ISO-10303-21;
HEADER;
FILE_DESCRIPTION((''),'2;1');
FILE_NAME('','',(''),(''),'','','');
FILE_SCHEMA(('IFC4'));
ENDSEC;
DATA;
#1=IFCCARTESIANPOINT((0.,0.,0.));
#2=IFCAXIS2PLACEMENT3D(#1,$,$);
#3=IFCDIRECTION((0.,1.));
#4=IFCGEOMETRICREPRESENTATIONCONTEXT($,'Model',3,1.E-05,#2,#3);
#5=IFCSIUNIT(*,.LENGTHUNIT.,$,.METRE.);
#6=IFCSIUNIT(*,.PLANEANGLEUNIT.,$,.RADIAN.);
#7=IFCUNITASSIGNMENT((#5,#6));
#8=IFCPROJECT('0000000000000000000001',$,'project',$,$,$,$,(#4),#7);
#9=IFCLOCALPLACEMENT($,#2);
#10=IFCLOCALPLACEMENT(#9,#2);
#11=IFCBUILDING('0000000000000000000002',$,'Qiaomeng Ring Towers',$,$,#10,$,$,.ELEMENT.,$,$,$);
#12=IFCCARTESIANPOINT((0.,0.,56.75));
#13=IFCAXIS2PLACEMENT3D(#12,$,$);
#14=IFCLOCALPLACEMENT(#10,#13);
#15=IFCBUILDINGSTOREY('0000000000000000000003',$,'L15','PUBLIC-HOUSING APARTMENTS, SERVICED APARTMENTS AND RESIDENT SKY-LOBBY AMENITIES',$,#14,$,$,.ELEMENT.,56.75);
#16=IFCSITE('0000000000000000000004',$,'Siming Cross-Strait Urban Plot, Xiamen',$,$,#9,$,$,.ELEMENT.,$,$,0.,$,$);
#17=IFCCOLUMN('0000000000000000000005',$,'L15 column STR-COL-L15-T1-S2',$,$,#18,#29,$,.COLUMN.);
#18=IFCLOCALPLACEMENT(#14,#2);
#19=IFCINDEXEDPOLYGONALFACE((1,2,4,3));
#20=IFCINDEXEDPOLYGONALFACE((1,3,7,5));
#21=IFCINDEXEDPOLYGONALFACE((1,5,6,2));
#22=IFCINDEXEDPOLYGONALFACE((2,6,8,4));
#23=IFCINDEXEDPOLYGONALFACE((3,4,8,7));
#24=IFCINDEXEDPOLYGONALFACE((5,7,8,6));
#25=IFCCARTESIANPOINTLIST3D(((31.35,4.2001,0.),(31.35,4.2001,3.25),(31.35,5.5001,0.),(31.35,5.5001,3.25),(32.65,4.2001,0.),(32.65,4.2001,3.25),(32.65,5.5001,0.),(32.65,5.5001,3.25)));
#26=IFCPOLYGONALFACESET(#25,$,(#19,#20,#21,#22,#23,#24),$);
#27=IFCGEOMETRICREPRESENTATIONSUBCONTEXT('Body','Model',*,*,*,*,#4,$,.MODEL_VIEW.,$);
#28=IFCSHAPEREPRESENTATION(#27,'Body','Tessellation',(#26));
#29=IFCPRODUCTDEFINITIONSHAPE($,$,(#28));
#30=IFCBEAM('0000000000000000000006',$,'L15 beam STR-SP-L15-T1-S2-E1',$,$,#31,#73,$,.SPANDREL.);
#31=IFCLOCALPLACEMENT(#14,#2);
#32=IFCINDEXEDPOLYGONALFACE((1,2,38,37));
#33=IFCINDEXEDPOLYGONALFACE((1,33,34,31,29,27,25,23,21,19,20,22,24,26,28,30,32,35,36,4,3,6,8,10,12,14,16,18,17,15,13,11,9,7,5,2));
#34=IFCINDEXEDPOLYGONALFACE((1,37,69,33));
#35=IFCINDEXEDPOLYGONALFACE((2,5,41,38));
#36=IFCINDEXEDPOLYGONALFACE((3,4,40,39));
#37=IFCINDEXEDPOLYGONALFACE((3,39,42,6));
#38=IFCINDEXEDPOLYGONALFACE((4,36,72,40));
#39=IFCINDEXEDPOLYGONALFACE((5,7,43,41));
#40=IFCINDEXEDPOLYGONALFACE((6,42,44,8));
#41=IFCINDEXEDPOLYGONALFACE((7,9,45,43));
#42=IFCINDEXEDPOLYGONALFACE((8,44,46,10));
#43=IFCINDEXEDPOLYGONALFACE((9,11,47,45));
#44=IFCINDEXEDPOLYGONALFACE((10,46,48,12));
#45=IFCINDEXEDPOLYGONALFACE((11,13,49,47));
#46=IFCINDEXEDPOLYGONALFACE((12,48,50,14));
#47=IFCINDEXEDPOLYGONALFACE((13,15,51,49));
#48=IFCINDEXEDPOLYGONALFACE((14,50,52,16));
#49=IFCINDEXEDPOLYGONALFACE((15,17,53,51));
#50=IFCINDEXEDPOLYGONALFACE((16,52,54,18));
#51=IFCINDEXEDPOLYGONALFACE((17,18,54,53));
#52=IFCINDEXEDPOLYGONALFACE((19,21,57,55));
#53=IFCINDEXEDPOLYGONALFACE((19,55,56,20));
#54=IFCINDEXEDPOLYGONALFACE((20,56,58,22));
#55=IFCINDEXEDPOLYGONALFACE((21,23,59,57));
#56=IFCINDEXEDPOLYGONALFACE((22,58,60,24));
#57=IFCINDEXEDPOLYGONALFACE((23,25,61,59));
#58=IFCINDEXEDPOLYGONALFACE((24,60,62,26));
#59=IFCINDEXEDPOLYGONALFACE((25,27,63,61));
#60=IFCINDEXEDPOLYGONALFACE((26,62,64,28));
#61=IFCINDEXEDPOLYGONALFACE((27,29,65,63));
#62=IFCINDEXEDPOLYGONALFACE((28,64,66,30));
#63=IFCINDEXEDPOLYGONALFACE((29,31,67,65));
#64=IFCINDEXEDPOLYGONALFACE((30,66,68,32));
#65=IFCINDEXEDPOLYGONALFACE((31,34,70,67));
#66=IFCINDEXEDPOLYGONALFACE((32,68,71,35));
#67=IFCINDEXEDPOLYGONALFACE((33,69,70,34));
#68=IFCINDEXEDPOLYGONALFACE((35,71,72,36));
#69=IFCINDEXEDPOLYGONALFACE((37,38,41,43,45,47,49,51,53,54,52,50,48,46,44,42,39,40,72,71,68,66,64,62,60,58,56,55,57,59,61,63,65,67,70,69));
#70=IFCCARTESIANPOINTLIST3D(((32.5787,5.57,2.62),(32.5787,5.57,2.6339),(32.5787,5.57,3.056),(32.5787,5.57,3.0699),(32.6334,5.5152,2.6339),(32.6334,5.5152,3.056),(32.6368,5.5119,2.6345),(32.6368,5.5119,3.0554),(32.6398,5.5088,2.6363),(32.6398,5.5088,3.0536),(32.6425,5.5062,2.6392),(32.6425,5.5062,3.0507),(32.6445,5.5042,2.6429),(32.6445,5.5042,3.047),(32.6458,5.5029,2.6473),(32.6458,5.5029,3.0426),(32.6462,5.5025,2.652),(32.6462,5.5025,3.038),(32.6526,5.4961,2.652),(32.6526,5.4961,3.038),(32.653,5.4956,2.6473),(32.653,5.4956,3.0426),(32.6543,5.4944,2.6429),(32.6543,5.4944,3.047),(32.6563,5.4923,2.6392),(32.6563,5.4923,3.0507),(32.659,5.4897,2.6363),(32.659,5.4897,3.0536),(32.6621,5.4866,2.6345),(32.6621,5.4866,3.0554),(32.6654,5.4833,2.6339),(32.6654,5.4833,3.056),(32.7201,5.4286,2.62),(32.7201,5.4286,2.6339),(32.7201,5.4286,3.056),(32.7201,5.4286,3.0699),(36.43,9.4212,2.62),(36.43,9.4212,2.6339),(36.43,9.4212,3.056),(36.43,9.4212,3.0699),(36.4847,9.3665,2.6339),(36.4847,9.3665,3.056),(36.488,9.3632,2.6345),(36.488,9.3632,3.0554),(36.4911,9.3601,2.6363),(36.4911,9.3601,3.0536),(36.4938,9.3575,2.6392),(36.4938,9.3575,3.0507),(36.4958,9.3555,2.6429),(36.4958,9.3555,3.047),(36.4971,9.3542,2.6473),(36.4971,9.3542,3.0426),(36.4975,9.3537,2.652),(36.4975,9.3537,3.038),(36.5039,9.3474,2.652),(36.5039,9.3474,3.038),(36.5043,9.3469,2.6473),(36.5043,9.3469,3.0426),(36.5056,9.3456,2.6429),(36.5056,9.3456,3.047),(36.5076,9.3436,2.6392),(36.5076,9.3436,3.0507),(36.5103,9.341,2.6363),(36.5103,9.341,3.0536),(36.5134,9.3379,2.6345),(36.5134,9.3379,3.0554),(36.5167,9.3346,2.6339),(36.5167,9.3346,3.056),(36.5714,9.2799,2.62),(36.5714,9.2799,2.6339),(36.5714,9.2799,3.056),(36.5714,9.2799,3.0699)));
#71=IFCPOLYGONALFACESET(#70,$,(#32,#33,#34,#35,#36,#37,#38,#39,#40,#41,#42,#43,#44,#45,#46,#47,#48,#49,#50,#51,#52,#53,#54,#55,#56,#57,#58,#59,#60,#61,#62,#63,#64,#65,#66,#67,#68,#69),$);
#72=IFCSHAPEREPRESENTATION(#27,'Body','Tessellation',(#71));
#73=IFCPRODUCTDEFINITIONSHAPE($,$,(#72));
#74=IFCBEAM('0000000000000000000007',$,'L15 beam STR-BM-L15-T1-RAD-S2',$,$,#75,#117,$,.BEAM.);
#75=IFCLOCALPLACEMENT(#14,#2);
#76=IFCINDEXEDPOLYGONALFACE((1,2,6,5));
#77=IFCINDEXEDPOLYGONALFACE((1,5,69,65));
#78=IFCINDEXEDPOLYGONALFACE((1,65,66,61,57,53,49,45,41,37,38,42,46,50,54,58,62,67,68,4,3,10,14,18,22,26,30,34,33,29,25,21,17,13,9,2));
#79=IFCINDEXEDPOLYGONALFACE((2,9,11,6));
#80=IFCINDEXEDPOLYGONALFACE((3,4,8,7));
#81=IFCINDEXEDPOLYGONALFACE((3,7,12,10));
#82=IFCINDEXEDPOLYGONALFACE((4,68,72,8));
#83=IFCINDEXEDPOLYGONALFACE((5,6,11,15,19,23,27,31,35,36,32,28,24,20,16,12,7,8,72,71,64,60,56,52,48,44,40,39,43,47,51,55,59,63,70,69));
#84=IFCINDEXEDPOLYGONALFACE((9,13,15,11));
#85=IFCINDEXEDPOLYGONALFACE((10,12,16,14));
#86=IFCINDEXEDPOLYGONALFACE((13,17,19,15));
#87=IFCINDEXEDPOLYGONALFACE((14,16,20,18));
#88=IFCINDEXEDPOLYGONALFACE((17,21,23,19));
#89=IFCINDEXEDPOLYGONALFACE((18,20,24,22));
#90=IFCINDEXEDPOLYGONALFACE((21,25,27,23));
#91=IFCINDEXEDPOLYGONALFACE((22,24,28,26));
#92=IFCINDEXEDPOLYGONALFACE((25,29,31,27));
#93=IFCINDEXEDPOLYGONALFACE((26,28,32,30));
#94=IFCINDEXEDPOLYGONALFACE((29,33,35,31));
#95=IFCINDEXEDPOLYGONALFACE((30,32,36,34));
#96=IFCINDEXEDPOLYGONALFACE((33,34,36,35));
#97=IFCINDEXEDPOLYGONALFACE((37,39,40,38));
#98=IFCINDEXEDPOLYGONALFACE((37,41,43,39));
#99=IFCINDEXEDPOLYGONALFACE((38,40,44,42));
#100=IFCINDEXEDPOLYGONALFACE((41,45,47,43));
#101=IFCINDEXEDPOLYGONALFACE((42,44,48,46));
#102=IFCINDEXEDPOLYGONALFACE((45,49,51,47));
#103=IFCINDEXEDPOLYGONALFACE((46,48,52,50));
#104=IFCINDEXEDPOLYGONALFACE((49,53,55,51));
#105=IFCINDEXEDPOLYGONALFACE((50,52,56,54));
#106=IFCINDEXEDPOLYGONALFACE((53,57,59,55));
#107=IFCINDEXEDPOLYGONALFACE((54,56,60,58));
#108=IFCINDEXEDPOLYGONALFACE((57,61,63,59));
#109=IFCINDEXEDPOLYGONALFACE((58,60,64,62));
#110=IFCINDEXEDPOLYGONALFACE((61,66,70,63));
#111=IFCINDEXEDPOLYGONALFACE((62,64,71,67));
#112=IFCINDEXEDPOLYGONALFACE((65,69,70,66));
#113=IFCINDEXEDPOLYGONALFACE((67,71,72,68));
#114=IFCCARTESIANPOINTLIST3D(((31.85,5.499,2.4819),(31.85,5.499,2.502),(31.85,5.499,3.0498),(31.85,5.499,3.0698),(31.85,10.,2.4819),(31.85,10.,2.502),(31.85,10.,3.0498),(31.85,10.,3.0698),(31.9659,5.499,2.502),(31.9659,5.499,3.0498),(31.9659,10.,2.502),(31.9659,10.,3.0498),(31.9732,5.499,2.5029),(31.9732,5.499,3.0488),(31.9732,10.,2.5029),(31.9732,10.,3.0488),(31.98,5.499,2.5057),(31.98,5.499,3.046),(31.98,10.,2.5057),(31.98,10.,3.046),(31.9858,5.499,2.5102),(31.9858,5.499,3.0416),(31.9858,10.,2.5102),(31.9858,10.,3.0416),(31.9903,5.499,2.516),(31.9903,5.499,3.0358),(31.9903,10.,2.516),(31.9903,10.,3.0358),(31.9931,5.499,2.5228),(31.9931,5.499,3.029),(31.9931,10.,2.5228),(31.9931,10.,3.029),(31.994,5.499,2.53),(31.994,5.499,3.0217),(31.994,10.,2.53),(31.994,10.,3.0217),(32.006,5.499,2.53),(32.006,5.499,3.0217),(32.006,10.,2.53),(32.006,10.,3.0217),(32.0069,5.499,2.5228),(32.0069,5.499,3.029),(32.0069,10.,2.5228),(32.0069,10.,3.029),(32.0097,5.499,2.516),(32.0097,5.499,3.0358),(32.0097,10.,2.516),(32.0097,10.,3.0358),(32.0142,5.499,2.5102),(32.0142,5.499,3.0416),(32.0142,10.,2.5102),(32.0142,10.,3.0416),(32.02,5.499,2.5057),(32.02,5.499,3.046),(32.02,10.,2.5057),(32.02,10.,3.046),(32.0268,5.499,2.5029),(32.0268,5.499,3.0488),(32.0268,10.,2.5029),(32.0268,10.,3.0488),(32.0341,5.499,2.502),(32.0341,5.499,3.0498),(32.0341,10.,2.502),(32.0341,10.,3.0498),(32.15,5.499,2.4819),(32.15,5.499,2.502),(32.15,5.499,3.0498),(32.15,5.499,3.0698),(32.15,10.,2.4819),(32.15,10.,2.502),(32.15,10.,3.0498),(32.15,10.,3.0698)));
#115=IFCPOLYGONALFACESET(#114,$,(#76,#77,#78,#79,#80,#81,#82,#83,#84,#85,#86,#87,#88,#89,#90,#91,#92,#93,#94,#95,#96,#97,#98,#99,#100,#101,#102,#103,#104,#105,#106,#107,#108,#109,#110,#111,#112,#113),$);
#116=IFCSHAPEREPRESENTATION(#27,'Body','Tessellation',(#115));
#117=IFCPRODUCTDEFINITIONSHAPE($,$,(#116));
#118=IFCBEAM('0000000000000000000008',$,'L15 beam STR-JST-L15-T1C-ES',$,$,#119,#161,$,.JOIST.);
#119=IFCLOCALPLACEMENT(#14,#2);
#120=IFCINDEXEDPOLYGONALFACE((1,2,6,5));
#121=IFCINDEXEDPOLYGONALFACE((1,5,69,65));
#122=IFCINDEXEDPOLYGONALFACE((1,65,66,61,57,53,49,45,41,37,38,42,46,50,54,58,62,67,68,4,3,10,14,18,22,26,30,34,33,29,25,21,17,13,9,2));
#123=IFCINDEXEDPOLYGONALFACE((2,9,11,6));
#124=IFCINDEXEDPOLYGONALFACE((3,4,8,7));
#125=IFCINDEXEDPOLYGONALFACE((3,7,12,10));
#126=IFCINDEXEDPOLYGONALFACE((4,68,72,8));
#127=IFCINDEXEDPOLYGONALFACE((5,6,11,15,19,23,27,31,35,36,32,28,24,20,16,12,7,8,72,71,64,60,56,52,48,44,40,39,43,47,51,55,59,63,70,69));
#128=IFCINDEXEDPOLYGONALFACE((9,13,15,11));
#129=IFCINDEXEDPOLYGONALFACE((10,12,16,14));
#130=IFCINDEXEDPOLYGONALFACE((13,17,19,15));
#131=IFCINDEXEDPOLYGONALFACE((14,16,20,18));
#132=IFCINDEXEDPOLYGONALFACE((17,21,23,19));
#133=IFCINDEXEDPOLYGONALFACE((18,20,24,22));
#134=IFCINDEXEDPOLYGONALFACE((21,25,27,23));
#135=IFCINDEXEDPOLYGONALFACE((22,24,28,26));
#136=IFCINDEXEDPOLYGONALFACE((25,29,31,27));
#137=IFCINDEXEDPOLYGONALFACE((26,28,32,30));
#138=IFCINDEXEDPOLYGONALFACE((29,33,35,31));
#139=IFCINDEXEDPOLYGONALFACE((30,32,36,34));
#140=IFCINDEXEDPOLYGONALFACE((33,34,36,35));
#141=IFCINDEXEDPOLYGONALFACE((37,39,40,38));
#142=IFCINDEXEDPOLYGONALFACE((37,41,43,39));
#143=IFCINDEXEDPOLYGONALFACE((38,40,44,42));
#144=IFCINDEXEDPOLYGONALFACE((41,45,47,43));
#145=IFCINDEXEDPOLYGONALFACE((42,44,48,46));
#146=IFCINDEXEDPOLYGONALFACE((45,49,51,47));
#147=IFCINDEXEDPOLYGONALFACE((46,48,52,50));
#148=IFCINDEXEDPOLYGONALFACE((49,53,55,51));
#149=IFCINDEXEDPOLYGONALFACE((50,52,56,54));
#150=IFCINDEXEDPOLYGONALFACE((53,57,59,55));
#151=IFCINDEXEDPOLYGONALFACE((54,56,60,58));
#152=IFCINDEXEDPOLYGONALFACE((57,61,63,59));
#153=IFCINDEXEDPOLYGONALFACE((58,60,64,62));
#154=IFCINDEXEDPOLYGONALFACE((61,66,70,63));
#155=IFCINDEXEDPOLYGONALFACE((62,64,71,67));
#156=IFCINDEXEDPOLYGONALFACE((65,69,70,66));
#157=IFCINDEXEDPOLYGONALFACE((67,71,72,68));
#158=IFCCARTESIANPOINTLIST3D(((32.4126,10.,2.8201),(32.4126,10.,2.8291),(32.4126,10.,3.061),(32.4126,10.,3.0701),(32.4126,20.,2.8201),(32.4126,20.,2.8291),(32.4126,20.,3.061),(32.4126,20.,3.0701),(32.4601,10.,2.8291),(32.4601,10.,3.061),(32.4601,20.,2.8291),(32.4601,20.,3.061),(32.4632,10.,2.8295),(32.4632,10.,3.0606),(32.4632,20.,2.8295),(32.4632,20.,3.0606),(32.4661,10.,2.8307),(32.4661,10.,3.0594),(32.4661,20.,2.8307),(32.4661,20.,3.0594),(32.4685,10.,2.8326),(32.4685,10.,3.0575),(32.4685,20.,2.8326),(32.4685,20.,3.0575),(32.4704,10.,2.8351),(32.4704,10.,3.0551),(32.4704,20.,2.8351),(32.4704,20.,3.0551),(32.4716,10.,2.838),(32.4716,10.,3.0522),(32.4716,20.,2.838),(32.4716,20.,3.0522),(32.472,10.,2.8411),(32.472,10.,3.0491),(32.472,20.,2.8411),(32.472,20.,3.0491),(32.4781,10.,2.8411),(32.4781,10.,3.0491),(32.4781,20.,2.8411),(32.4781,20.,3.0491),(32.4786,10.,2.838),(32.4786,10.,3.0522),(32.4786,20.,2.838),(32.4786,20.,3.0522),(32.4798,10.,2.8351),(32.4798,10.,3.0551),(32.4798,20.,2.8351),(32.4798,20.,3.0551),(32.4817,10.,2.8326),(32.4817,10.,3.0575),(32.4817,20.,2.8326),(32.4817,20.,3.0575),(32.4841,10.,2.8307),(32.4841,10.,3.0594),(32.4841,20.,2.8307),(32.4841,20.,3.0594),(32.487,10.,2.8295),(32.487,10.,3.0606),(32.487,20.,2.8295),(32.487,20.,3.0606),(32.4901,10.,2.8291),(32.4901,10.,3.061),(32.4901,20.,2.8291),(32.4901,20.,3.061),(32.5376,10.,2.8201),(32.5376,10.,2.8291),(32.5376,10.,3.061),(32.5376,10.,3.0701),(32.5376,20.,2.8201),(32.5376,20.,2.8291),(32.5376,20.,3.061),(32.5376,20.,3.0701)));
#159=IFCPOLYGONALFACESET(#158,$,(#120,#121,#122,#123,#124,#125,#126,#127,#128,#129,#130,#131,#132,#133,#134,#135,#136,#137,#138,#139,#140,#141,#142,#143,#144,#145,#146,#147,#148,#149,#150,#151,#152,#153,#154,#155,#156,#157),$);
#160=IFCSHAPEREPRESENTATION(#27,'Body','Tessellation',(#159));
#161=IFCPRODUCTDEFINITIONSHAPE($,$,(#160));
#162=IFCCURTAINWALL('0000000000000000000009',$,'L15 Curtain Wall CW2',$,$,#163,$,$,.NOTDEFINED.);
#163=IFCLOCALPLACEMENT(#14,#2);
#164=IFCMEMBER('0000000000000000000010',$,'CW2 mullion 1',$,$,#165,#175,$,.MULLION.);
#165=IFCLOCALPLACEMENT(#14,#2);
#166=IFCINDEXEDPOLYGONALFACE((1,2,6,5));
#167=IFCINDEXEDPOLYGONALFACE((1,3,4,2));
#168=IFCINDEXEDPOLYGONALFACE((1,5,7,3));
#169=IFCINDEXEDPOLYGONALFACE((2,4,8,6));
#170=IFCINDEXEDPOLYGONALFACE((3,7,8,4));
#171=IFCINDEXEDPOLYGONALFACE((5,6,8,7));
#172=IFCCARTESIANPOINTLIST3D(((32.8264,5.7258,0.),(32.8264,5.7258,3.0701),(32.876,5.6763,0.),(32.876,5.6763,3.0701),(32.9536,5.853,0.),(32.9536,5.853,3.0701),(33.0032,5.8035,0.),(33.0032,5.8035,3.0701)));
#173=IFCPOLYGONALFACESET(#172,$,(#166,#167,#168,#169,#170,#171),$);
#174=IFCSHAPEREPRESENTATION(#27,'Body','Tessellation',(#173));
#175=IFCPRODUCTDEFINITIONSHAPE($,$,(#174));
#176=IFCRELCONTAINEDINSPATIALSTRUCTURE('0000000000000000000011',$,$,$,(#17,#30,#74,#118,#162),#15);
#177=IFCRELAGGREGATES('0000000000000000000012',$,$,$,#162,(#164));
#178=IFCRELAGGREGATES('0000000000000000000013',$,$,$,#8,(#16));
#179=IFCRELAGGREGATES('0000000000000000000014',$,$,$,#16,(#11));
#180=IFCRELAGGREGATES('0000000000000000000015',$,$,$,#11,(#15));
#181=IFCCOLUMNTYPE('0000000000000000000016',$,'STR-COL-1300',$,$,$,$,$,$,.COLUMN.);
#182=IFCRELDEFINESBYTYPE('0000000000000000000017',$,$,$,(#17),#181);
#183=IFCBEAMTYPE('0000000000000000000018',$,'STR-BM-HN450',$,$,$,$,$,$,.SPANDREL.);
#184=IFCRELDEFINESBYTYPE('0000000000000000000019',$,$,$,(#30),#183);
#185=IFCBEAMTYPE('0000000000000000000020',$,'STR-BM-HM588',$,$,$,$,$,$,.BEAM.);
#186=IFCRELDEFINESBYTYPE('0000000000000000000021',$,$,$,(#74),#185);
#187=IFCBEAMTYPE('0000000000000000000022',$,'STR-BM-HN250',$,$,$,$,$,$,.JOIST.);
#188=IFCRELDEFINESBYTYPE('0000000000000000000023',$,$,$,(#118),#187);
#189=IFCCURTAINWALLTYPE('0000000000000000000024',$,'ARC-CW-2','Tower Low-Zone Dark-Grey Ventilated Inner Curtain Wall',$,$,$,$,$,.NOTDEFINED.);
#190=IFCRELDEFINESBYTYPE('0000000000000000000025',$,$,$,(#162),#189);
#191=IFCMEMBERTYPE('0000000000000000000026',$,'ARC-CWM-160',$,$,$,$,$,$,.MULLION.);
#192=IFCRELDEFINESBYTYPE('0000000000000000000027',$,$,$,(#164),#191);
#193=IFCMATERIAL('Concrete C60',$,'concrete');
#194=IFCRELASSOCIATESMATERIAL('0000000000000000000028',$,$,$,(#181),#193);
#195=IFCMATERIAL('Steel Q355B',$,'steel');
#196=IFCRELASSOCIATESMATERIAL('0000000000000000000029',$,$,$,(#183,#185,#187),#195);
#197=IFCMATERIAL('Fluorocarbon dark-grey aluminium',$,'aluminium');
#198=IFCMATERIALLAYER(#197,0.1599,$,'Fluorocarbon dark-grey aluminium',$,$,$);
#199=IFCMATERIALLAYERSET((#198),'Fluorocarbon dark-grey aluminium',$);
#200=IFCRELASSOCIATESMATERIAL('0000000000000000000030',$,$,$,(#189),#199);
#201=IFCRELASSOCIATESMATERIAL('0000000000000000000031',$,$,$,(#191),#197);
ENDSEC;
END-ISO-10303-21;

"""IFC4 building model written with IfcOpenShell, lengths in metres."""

from ifc_helpers import new_model, si_unit, direction, frame, origin, origin_2d, place, context, subcontext, project, spatial, rectangle, i_section, extrude, source, transform, mapped, material, layer, layer_set, material_profile, profile_set, type_object, element, aggregate, save


model = new_model("IFC4")

# Units and contexts
model_context = context("Model", 3, precision=1e-05, world=origin(), true_north=direction((0.0, 1.0)))
body_context = subcontext(model_context, "Body", "Model", "MODEL_VIEW")
ifc_project = project(units=[si_unit("LENGTHUNIT", "METRE"), si_unit("PLANEANGLEUNIT", "RADIAN")], contexts=[model_context])

# Site, building, storey
site_placement = place(None, origin())
site = spatial("IfcSite", under=ifc_project, at=site_placement, Name="Siming Cross-Strait Urban Plot, Xiamen", CompositionType="ELEMENT", RefElevation=0.0)
building_placement = place(site_placement, origin())
building = spatial("IfcBuilding", under=site, at=building_placement, Name="Qiaomeng Ring Towers", CompositionType="ELEMENT")
storey_placement = place(building_placement, frame((0.0, 0.0, 56.75)))
storey = spatial("IfcBuildingStorey", under=building, at=storey_placement, Name="L15", Description="PUBLIC-HOUSING APARTMENTS, SERVICED APARTMENTS AND RESIDENT SKY-LOBBY AMENITIES", CompositionType="ELEMENT", Elevation=56.75)

# Column
ifc_material_1 = material(Name="Concrete C60", Category="concrete")
ifc_material_profile_1 = material_profile(ifc_material_1, rectangle(XDim=1.3, YDim=1.3, at=origin_2d()), Name="RC COL 1300x1300")
ifc_profile_set_1 = profile_set([ifc_material_profile_1], Name="Concrete C60")
column_type = type_object("IfcColumnType", Name="STR-COL-1300", PredefinedType="COLUMN", material=ifc_profile_set_1)
shared_shape_1 = source(origin(), body_context, "Body", "SweptSolid", [
    extrude(rectangle(XDim=1.3, YDim=1.3, at=origin_2d()), origin(), (0.0, 0.0, 1.0), 3.25),
])
column_placement = place(storey_placement, frame((32.0, 4.8501, 0.0), z_axis=(0.0, 0.0, 1.0), x_axis=(1.0, 0.0, 0.0)))
element("IfcColumn", 1, at=column_placement, inside=storey, type_object=column_type, Name="L15 column STR-COL-L15-T1-S2", PredefinedType="COLUMN", context=body_context, shape_type="MappedRepresentation", body=[
    mapped(shared_shape_1, transform((0.0, 0.0, 0.0), x_axis=(1.0, 0.0, 0.0), y_axis=(0.0, 1.0, 0.0), z_axis=(0.0, 0.0, 1.0), scale=1.0)),
])

# Beams
ifc_material_2 = material(Name="Steel Q355B", Category="steel")
ifc_material_profile_2 = material_profile(ifc_material_2, i_section(OverallWidth=0.2, OverallDepth=0.45, WebThickness=0.009, FlangeThickness=0.0139, FilletRadius=0.0181, at=origin_2d()), Name="HN 450x200x9x14")
ifc_profile_set_2 = profile_set([ifc_material_profile_2], Name="Steel Q355B")
beam_type_1 = type_object("IfcBeamType", Name="STR-BM-HN450", PredefinedType="SPANDREL", material=ifc_profile_set_2)
shared_shape_2 = source(origin(), body_context, "Body", "SweptSolid", [
    extrude(i_section(OverallWidth=0.2, OverallDepth=0.45, WebThickness=0.009, FlangeThickness=0.0139, FilletRadius=0.0181, at=origin_2d()), origin(), (0.0, 0.0, 1.0), 5.4465),
])
beam_1_placement = place(storey_placement, frame((32.6494, 5.4993, 2.845), z_axis=(0.707107, 0.707107, 0.0), x_axis=(-0.707107, 0.707107, 0.0)))
element("IfcBeam", 2, at=beam_1_placement, inside=storey, type_object=beam_type_1, Name="L15 beam STR-SP-L15-T1-S2-E1", PredefinedType="SPANDREL", context=body_context, shape_type="MappedRepresentation", body=[
    mapped(shared_shape_2, transform((0.0, 0.0, 0.0), x_axis=(1.0, 0.0, 0.0), y_axis=(0.0, 1.0, 0.0), z_axis=(0.0, 0.0, 1.0), scale=1.0)),
])
ifc_material_profile_3 = material_profile(ifc_material_2, i_section(OverallWidth=0.3, OverallDepth=0.5879, WebThickness=0.012, FlangeThickness=0.02, FilletRadius=0.0281, at=origin_2d()), Name="HM 588x300x12x20")
ifc_profile_set_3 = profile_set([ifc_material_profile_3], Name="Steel Q355B")
beam_type_2 = type_object("IfcBeamType", Name="STR-BM-HM588", PredefinedType="BEAM", material=ifc_profile_set_3)
shared_shape_3 = source(origin(), body_context, "Body", "SweptSolid", [
    extrude(i_section(OverallWidth=0.3, OverallDepth=0.5879, WebThickness=0.012, FlangeThickness=0.02, FilletRadius=0.0281, at=origin_2d()), origin(), (0.0, 0.0, 1.0), 4.501),
])
beam_2_placement = place(storey_placement, frame((32.0, 5.499, 2.7759), z_axis=(0.0, 1.0, 0.0), x_axis=(-1.0, 0.0, 0.0)))
element("IfcBeam", 3, at=beam_2_placement, inside=storey, type_object=beam_type_2, Name="L15 beam STR-BM-L15-T1-RAD-S2", PredefinedType="BEAM", context=body_context, shape_type="MappedRepresentation", body=[
    mapped(shared_shape_3, transform((0.0, 0.0, 0.0), x_axis=(1.0, 0.0, 0.0), y_axis=(0.0, 1.0, 0.0), z_axis=(0.0, 0.0, 1.0), scale=1.0)),
])
ifc_material_profile_4 = material_profile(ifc_material_2, i_section(OverallWidth=0.125, OverallDepth=0.25, WebThickness=0.0061, FlangeThickness=0.009, FilletRadius=0.012, at=origin_2d()), Name="HN 250x125x6x9")
ifc_profile_set_4 = profile_set([ifc_material_profile_4], Name="Steel Q355B")
beam_type_3 = type_object("IfcBeamType", Name="STR-BM-HN250", PredefinedType="JOIST", material=ifc_profile_set_4)
shared_shape_4 = source(origin(), body_context, "Body", "SweptSolid", [
    extrude(i_section(OverallWidth=0.125, OverallDepth=0.25, WebThickness=0.0061, FlangeThickness=0.009, FilletRadius=0.012, at=origin_2d()), origin(), (0.0, 0.0, 1.0), 10.0),
])
beam_3_placement = place(storey_placement, frame((32.4751, 10.0, 2.9451), z_axis=(0.0, 1.0, 0.0), x_axis=(-1.0, 0.0, 0.0)))
element("IfcBeam", 4, at=beam_3_placement, inside=storey, type_object=beam_type_3, Name="L15 beam STR-JST-L15-T1C-ES", PredefinedType="JOIST", context=body_context, shape_type="MappedRepresentation", body=[
    mapped(shared_shape_4, transform((0.0, 0.0, 0.0), x_axis=(1.0, 0.0, 0.0), y_axis=(0.0, 1.0, 0.0), z_axis=(0.0, 0.0, 1.0), scale=1.0)),
])

# Curtain wall, member
ifc_material_3 = material(Name="Fluorocarbon dark-grey aluminium", Category="aluminium")
ifc_layer_1 = layer(ifc_material_3, 0.1599, Name="Fluorocarbon dark-grey aluminium")
ifc_layer_set_1 = layer_set([ifc_layer_1], Name="Fluorocarbon dark-grey aluminium")
curtain_wall_type = type_object("IfcCurtainWallType", Name="ARC-CW-2", Description="Tower Low-Zone Dark-Grey Ventilated Inner Curtain Wall", PredefinedType="NOTDEFINED", material=ifc_layer_set_1)
curtain_wall_placement = place(storey_placement, origin())
curtain_wall = element("IfcCurtainWall", 5, at=curtain_wall_placement, inside=storey, type_object=curtain_wall_type, Name="L15 Curtain Wall CW2", PredefinedType="NOTDEFINED")
ifc_material_profile_5 = material_profile(ifc_material_3, rectangle(XDim=0.0701, YDim=0.1799, at=origin_2d()), Name="ALU MULL 70x180")
ifc_profile_set_5 = profile_set([ifc_material_profile_5], Name="Fluorocarbon dark-grey aluminium")
member_type_1 = type_object("IfcMemberType", Name="ARC-CWM-160", PredefinedType="MULLION", material=ifc_profile_set_5)
shared_shape_5 = source(origin(), body_context, "Body", "SweptSolid", [
    extrude(rectangle(XDim=0.0701, YDim=0.1799, at=origin_2d()), origin(), (0.0, 0.0, 1.0), 3.0701),
])
member_1_placement = place(storey_placement, frame((32.9148, 5.7646, 0.0), z_axis=(0.0, 0.0, 1.0), x_axis=(-0.707107, 0.707107, 0.0)))
member_1 = element("IfcMember", 6, at=member_1_placement, type_object=member_type_1, Name="CW2 mullion 1", PredefinedType="MULLION", context=body_context, shape_type="MappedRepresentation", body=[
    mapped(shared_shape_5, transform((0.0, 0.0, 0.0), x_axis=(1.0, 0.0, 0.0), y_axis=(0.0, 1.0, 0.0), z_axis=(0.0, 0.0, 1.0), scale=1.0)),
])
aggregate(curtain_wall, [member_1])

save(model, "model.ifc")
